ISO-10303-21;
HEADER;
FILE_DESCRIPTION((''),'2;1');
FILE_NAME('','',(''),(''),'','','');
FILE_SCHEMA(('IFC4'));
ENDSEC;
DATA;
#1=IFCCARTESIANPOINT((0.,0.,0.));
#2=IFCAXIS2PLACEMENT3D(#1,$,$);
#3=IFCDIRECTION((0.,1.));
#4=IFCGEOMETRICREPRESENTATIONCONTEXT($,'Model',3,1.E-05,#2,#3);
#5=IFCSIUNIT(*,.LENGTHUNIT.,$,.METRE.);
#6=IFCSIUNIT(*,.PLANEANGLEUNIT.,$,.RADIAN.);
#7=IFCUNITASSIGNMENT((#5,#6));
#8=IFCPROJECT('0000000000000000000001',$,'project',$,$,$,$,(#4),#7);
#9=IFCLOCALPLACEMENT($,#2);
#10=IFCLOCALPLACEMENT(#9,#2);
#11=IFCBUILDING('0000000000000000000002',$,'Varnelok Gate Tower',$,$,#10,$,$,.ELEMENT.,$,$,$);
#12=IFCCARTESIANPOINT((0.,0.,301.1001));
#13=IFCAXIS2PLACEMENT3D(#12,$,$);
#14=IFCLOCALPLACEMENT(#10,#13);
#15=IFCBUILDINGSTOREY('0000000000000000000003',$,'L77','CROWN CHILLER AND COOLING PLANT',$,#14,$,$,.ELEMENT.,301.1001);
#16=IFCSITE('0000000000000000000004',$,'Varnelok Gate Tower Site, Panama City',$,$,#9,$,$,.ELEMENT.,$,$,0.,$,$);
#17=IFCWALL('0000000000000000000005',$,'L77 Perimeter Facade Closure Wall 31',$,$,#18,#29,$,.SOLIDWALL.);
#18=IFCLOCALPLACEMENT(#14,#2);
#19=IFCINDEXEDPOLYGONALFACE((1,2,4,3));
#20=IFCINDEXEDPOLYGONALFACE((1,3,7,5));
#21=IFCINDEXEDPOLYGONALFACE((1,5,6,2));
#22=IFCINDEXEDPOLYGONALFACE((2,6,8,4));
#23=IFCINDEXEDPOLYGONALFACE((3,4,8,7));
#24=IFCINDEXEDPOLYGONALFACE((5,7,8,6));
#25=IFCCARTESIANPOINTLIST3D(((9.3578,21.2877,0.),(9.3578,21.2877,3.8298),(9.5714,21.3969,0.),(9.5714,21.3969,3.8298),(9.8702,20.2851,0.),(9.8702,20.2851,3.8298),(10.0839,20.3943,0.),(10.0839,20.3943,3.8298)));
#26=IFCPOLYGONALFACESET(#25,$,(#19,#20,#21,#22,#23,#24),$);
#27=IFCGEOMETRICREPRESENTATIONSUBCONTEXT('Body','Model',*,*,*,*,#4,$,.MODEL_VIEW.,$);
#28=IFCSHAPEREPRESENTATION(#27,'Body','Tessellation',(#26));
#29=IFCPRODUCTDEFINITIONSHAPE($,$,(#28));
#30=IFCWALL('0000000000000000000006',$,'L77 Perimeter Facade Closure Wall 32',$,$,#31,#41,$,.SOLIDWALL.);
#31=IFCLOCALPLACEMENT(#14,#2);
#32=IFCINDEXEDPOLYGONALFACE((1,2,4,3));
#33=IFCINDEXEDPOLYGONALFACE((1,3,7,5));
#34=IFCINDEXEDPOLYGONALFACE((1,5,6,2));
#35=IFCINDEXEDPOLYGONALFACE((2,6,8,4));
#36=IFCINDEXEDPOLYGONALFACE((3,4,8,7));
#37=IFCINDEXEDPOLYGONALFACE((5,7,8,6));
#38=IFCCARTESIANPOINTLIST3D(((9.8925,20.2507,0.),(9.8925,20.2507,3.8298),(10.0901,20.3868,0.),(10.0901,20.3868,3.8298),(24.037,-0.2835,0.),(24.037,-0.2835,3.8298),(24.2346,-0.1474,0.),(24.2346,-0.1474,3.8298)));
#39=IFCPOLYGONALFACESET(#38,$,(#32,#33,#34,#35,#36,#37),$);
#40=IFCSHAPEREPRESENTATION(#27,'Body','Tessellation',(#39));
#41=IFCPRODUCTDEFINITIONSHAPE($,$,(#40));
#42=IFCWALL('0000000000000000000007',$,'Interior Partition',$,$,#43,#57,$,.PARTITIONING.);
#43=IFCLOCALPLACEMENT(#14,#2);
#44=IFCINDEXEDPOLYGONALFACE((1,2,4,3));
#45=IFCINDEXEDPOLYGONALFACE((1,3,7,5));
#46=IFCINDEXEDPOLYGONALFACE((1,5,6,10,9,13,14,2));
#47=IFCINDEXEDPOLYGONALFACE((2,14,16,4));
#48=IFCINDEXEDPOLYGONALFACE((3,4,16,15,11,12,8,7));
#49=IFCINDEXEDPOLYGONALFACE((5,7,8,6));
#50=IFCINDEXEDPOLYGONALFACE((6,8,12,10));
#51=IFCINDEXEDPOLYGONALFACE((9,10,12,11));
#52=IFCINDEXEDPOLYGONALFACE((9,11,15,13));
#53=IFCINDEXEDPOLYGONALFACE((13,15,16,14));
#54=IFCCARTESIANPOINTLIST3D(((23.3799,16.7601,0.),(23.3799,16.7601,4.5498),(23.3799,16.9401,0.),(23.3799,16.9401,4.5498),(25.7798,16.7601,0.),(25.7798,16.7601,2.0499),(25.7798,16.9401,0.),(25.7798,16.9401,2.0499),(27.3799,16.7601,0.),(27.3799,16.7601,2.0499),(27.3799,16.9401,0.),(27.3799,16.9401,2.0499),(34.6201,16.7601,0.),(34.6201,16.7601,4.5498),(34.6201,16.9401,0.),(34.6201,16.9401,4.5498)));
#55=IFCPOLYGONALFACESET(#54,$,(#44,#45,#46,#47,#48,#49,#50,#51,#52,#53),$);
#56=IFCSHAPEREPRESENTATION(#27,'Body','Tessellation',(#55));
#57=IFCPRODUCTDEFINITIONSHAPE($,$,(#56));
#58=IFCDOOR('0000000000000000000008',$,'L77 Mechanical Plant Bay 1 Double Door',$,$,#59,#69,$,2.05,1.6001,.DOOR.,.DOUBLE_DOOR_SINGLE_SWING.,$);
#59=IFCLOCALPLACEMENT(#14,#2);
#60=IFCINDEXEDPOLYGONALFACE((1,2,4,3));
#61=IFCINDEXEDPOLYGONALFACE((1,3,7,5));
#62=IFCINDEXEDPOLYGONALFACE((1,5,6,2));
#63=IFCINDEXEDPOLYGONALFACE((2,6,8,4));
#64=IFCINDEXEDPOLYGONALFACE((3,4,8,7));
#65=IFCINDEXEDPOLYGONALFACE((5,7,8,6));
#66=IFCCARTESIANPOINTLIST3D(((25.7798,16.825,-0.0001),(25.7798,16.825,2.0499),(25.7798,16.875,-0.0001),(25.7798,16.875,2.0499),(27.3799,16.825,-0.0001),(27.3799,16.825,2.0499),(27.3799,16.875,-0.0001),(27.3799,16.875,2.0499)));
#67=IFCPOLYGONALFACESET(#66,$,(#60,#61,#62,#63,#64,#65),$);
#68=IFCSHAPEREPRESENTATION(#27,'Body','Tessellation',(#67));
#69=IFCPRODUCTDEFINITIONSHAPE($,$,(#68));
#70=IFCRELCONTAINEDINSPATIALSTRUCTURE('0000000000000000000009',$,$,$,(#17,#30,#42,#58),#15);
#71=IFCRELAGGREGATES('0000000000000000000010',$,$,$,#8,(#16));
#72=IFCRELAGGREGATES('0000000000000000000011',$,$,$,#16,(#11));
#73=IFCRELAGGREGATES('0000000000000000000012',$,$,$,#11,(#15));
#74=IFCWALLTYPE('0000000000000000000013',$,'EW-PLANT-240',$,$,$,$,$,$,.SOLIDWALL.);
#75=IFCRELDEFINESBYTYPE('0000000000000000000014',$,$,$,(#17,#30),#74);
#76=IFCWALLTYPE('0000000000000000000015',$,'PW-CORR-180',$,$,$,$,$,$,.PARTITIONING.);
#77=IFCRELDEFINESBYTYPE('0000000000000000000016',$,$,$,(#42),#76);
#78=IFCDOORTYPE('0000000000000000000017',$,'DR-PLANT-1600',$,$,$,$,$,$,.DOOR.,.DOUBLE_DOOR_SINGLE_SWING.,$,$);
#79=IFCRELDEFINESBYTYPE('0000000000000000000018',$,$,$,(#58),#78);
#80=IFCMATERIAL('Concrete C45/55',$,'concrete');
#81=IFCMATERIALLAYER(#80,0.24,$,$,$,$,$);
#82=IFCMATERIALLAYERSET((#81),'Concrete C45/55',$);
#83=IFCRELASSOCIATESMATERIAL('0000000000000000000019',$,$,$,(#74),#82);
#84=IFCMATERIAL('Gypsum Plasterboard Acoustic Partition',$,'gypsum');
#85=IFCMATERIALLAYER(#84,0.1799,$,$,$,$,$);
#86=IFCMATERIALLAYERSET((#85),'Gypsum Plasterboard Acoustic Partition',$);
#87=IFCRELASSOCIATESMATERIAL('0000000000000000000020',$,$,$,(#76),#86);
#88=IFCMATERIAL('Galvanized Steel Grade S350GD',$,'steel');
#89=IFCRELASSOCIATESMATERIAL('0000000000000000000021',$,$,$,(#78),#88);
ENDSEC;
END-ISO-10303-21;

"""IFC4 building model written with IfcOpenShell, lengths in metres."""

from ifc_helpers import new_model, si_unit, direction, frame, frame_2d, origin, place, context, subcontext, project, spatial, rectangle, extrude, material, layer, layer_set, type_object, element, fill, save


model = new_model("IFC4")

# Units and contexts
model_context = context("Model", 3, precision=1e-05, world=origin(), true_north=direction((0.0, 1.0)))
body_context = subcontext(model_context, "Body", "Model", "MODEL_VIEW")
ifc_project = project(units=[si_unit("LENGTHUNIT", "METRE"), si_unit("PLANEANGLEUNIT", "RADIAN")], contexts=[model_context])

# Site, building, storey
site_placement = place(None, origin())
site = spatial("IfcSite", under=ifc_project, at=site_placement, Name="Varnelok Gate Tower Site, Panama City", CompositionType="ELEMENT", RefElevation=0.0)
building_placement = place(site_placement, origin())
building = spatial("IfcBuilding", under=site, at=building_placement, Name="Varnelok Gate Tower", CompositionType="ELEMENT")
storey_placement = place(building_placement, frame((0.0, 0.0, 301.1001)))
storey = spatial("IfcBuildingStorey", under=building, at=storey_placement, Name="L77", Description="CROWN CHILLER AND COOLING PLANT", CompositionType="ELEMENT", Elevation=301.1001)

# Walls
ifc_material_1 = material(Name="Concrete C45/55", Category="concrete")
ifc_layer_1 = layer(ifc_material_1, 0.24)
ifc_layer_set_1 = layer_set([ifc_layer_1], Name="Concrete C45/55")
wall_type_1 = type_object("IfcWallType", Name="EW-PLANT-240", PredefinedType="SOLIDWALL", material=ifc_layer_set_1)
wall_1_placement = place(storey_placement, frame((9.4646, 21.3423, 0.0), z_axis=(0.0, 0.0, 1.0), x_axis=(0.455088, -0.890446, 0.0)))
element("IfcWall", 1, at=wall_1_placement, inside=storey, type_object=wall_type_1, Name="L77 Perimeter Facade Closure Wall 31", PredefinedType="SOLIDWALL", context=body_context, shape_type="SweptSolid", body=[
    extrude(rectangle(XDim=1.126, YDim=0.24, at=frame_2d((0.563, 0.0))), origin(), (0.0, 0.0, 1.0), 3.8298),
])
wall_2_placement = place(storey_placement, frame((9.9912, 20.3188, 0.0), z_axis=(0.0, 0.0, 1.0), x_axis=(0.567272, -0.823531, 0.0)))
element("IfcWall", 2, at=wall_2_placement, inside=storey, type_object=wall_type_1, Name="L77 Perimeter Facade Closure Wall 32", PredefinedType="SOLIDWALL", context=body_context, shape_type="SweptSolid", body=[
    extrude(rectangle(XDim=24.9343, YDim=0.24, at=frame_2d((12.4673, 0.0))), origin(), (0.0, 0.0, 1.0), 3.8298),
])

# Wall, opening, door
ifc_material_2 = material(Name="Gypsum Plasterboard Acoustic Partition", Category="gypsum")
ifc_layer_2 = layer(ifc_material_2, 0.1799)
ifc_layer_set_2 = layer_set([ifc_layer_2], Name="Gypsum Plasterboard Acoustic Partition")
wall_type_2 = type_object("IfcWallType", Name="PW-CORR-180", PredefinedType="PARTITIONING", material=ifc_layer_set_2)
wall_3_placement = place(storey_placement, frame((23.3799, 16.8501, 0.0), z_axis=(0.0, 0.0, 1.0), x_axis=(1.0, 0.0, 0.0)))
wall_3 = element("IfcWall", 3, at=wall_3_placement, inside=storey, type_object=wall_type_2, Name="Interior Partition", PredefinedType="PARTITIONING", context=body_context, shape_type="SweptSolid", body=[
    extrude(rectangle(XDim=11.2402, YDim=0.1799, at=frame_2d((5.6201, 0.0))), origin(), (0.0, 0.0, 1.0), 4.5498),
])
opening_placement = place(wall_3_placement, frame((2.3999, 0.0, 0.0)))
opening = element("IfcOpeningElement", 4, at=opening_placement, cuts=wall_3, PredefinedType="OPENING", context=body_context, shape_type="SweptSolid", body=[
    extrude(rectangle(XDim=1.6001, YDim=2.05, at=frame_2d((0.8, 1.0249))), frame((0.0, 0.0999, 0.0), z_axis=(0.0, -1.0, 0.0), x_axis=(1.0, 0.0, 0.0)), (0.0, 0.0, 1.0), 0.2),
])
ifc_material_3 = material(Name="Galvanized Steel Grade S350GD", Category="steel")
door_type = type_object("IfcDoorType", Name="DR-PLANT-1600", OperationType="DOUBLE_DOOR_SINGLE_SWING", PredefinedType="DOOR", material=ifc_material_3)
door_placement = place(opening_placement, origin())
door = element("IfcDoor", 5, at=door_placement, inside=storey, type_object=door_type, Name="L77 Mechanical Plant Bay 1 Double Door", OperationType="DOUBLE_DOOR_SINGLE_SWING", OverallHeight=2.05, OverallWidth=1.6001, PredefinedType="DOOR", context=body_context, shape_type="SweptSolid", body=[
    extrude(rectangle(XDim=1.6001, YDim=2.05, at=frame_2d((0.8, 1.0249))), frame((0.0, 0.0249, 0.0), z_axis=(0.0, -1.0, 0.0), x_axis=(1.0, 0.0, 0.0)), (0.0, 0.0, 1.0), 0.05),
])
fill(opening, door)

save(model, "model.ifc")
